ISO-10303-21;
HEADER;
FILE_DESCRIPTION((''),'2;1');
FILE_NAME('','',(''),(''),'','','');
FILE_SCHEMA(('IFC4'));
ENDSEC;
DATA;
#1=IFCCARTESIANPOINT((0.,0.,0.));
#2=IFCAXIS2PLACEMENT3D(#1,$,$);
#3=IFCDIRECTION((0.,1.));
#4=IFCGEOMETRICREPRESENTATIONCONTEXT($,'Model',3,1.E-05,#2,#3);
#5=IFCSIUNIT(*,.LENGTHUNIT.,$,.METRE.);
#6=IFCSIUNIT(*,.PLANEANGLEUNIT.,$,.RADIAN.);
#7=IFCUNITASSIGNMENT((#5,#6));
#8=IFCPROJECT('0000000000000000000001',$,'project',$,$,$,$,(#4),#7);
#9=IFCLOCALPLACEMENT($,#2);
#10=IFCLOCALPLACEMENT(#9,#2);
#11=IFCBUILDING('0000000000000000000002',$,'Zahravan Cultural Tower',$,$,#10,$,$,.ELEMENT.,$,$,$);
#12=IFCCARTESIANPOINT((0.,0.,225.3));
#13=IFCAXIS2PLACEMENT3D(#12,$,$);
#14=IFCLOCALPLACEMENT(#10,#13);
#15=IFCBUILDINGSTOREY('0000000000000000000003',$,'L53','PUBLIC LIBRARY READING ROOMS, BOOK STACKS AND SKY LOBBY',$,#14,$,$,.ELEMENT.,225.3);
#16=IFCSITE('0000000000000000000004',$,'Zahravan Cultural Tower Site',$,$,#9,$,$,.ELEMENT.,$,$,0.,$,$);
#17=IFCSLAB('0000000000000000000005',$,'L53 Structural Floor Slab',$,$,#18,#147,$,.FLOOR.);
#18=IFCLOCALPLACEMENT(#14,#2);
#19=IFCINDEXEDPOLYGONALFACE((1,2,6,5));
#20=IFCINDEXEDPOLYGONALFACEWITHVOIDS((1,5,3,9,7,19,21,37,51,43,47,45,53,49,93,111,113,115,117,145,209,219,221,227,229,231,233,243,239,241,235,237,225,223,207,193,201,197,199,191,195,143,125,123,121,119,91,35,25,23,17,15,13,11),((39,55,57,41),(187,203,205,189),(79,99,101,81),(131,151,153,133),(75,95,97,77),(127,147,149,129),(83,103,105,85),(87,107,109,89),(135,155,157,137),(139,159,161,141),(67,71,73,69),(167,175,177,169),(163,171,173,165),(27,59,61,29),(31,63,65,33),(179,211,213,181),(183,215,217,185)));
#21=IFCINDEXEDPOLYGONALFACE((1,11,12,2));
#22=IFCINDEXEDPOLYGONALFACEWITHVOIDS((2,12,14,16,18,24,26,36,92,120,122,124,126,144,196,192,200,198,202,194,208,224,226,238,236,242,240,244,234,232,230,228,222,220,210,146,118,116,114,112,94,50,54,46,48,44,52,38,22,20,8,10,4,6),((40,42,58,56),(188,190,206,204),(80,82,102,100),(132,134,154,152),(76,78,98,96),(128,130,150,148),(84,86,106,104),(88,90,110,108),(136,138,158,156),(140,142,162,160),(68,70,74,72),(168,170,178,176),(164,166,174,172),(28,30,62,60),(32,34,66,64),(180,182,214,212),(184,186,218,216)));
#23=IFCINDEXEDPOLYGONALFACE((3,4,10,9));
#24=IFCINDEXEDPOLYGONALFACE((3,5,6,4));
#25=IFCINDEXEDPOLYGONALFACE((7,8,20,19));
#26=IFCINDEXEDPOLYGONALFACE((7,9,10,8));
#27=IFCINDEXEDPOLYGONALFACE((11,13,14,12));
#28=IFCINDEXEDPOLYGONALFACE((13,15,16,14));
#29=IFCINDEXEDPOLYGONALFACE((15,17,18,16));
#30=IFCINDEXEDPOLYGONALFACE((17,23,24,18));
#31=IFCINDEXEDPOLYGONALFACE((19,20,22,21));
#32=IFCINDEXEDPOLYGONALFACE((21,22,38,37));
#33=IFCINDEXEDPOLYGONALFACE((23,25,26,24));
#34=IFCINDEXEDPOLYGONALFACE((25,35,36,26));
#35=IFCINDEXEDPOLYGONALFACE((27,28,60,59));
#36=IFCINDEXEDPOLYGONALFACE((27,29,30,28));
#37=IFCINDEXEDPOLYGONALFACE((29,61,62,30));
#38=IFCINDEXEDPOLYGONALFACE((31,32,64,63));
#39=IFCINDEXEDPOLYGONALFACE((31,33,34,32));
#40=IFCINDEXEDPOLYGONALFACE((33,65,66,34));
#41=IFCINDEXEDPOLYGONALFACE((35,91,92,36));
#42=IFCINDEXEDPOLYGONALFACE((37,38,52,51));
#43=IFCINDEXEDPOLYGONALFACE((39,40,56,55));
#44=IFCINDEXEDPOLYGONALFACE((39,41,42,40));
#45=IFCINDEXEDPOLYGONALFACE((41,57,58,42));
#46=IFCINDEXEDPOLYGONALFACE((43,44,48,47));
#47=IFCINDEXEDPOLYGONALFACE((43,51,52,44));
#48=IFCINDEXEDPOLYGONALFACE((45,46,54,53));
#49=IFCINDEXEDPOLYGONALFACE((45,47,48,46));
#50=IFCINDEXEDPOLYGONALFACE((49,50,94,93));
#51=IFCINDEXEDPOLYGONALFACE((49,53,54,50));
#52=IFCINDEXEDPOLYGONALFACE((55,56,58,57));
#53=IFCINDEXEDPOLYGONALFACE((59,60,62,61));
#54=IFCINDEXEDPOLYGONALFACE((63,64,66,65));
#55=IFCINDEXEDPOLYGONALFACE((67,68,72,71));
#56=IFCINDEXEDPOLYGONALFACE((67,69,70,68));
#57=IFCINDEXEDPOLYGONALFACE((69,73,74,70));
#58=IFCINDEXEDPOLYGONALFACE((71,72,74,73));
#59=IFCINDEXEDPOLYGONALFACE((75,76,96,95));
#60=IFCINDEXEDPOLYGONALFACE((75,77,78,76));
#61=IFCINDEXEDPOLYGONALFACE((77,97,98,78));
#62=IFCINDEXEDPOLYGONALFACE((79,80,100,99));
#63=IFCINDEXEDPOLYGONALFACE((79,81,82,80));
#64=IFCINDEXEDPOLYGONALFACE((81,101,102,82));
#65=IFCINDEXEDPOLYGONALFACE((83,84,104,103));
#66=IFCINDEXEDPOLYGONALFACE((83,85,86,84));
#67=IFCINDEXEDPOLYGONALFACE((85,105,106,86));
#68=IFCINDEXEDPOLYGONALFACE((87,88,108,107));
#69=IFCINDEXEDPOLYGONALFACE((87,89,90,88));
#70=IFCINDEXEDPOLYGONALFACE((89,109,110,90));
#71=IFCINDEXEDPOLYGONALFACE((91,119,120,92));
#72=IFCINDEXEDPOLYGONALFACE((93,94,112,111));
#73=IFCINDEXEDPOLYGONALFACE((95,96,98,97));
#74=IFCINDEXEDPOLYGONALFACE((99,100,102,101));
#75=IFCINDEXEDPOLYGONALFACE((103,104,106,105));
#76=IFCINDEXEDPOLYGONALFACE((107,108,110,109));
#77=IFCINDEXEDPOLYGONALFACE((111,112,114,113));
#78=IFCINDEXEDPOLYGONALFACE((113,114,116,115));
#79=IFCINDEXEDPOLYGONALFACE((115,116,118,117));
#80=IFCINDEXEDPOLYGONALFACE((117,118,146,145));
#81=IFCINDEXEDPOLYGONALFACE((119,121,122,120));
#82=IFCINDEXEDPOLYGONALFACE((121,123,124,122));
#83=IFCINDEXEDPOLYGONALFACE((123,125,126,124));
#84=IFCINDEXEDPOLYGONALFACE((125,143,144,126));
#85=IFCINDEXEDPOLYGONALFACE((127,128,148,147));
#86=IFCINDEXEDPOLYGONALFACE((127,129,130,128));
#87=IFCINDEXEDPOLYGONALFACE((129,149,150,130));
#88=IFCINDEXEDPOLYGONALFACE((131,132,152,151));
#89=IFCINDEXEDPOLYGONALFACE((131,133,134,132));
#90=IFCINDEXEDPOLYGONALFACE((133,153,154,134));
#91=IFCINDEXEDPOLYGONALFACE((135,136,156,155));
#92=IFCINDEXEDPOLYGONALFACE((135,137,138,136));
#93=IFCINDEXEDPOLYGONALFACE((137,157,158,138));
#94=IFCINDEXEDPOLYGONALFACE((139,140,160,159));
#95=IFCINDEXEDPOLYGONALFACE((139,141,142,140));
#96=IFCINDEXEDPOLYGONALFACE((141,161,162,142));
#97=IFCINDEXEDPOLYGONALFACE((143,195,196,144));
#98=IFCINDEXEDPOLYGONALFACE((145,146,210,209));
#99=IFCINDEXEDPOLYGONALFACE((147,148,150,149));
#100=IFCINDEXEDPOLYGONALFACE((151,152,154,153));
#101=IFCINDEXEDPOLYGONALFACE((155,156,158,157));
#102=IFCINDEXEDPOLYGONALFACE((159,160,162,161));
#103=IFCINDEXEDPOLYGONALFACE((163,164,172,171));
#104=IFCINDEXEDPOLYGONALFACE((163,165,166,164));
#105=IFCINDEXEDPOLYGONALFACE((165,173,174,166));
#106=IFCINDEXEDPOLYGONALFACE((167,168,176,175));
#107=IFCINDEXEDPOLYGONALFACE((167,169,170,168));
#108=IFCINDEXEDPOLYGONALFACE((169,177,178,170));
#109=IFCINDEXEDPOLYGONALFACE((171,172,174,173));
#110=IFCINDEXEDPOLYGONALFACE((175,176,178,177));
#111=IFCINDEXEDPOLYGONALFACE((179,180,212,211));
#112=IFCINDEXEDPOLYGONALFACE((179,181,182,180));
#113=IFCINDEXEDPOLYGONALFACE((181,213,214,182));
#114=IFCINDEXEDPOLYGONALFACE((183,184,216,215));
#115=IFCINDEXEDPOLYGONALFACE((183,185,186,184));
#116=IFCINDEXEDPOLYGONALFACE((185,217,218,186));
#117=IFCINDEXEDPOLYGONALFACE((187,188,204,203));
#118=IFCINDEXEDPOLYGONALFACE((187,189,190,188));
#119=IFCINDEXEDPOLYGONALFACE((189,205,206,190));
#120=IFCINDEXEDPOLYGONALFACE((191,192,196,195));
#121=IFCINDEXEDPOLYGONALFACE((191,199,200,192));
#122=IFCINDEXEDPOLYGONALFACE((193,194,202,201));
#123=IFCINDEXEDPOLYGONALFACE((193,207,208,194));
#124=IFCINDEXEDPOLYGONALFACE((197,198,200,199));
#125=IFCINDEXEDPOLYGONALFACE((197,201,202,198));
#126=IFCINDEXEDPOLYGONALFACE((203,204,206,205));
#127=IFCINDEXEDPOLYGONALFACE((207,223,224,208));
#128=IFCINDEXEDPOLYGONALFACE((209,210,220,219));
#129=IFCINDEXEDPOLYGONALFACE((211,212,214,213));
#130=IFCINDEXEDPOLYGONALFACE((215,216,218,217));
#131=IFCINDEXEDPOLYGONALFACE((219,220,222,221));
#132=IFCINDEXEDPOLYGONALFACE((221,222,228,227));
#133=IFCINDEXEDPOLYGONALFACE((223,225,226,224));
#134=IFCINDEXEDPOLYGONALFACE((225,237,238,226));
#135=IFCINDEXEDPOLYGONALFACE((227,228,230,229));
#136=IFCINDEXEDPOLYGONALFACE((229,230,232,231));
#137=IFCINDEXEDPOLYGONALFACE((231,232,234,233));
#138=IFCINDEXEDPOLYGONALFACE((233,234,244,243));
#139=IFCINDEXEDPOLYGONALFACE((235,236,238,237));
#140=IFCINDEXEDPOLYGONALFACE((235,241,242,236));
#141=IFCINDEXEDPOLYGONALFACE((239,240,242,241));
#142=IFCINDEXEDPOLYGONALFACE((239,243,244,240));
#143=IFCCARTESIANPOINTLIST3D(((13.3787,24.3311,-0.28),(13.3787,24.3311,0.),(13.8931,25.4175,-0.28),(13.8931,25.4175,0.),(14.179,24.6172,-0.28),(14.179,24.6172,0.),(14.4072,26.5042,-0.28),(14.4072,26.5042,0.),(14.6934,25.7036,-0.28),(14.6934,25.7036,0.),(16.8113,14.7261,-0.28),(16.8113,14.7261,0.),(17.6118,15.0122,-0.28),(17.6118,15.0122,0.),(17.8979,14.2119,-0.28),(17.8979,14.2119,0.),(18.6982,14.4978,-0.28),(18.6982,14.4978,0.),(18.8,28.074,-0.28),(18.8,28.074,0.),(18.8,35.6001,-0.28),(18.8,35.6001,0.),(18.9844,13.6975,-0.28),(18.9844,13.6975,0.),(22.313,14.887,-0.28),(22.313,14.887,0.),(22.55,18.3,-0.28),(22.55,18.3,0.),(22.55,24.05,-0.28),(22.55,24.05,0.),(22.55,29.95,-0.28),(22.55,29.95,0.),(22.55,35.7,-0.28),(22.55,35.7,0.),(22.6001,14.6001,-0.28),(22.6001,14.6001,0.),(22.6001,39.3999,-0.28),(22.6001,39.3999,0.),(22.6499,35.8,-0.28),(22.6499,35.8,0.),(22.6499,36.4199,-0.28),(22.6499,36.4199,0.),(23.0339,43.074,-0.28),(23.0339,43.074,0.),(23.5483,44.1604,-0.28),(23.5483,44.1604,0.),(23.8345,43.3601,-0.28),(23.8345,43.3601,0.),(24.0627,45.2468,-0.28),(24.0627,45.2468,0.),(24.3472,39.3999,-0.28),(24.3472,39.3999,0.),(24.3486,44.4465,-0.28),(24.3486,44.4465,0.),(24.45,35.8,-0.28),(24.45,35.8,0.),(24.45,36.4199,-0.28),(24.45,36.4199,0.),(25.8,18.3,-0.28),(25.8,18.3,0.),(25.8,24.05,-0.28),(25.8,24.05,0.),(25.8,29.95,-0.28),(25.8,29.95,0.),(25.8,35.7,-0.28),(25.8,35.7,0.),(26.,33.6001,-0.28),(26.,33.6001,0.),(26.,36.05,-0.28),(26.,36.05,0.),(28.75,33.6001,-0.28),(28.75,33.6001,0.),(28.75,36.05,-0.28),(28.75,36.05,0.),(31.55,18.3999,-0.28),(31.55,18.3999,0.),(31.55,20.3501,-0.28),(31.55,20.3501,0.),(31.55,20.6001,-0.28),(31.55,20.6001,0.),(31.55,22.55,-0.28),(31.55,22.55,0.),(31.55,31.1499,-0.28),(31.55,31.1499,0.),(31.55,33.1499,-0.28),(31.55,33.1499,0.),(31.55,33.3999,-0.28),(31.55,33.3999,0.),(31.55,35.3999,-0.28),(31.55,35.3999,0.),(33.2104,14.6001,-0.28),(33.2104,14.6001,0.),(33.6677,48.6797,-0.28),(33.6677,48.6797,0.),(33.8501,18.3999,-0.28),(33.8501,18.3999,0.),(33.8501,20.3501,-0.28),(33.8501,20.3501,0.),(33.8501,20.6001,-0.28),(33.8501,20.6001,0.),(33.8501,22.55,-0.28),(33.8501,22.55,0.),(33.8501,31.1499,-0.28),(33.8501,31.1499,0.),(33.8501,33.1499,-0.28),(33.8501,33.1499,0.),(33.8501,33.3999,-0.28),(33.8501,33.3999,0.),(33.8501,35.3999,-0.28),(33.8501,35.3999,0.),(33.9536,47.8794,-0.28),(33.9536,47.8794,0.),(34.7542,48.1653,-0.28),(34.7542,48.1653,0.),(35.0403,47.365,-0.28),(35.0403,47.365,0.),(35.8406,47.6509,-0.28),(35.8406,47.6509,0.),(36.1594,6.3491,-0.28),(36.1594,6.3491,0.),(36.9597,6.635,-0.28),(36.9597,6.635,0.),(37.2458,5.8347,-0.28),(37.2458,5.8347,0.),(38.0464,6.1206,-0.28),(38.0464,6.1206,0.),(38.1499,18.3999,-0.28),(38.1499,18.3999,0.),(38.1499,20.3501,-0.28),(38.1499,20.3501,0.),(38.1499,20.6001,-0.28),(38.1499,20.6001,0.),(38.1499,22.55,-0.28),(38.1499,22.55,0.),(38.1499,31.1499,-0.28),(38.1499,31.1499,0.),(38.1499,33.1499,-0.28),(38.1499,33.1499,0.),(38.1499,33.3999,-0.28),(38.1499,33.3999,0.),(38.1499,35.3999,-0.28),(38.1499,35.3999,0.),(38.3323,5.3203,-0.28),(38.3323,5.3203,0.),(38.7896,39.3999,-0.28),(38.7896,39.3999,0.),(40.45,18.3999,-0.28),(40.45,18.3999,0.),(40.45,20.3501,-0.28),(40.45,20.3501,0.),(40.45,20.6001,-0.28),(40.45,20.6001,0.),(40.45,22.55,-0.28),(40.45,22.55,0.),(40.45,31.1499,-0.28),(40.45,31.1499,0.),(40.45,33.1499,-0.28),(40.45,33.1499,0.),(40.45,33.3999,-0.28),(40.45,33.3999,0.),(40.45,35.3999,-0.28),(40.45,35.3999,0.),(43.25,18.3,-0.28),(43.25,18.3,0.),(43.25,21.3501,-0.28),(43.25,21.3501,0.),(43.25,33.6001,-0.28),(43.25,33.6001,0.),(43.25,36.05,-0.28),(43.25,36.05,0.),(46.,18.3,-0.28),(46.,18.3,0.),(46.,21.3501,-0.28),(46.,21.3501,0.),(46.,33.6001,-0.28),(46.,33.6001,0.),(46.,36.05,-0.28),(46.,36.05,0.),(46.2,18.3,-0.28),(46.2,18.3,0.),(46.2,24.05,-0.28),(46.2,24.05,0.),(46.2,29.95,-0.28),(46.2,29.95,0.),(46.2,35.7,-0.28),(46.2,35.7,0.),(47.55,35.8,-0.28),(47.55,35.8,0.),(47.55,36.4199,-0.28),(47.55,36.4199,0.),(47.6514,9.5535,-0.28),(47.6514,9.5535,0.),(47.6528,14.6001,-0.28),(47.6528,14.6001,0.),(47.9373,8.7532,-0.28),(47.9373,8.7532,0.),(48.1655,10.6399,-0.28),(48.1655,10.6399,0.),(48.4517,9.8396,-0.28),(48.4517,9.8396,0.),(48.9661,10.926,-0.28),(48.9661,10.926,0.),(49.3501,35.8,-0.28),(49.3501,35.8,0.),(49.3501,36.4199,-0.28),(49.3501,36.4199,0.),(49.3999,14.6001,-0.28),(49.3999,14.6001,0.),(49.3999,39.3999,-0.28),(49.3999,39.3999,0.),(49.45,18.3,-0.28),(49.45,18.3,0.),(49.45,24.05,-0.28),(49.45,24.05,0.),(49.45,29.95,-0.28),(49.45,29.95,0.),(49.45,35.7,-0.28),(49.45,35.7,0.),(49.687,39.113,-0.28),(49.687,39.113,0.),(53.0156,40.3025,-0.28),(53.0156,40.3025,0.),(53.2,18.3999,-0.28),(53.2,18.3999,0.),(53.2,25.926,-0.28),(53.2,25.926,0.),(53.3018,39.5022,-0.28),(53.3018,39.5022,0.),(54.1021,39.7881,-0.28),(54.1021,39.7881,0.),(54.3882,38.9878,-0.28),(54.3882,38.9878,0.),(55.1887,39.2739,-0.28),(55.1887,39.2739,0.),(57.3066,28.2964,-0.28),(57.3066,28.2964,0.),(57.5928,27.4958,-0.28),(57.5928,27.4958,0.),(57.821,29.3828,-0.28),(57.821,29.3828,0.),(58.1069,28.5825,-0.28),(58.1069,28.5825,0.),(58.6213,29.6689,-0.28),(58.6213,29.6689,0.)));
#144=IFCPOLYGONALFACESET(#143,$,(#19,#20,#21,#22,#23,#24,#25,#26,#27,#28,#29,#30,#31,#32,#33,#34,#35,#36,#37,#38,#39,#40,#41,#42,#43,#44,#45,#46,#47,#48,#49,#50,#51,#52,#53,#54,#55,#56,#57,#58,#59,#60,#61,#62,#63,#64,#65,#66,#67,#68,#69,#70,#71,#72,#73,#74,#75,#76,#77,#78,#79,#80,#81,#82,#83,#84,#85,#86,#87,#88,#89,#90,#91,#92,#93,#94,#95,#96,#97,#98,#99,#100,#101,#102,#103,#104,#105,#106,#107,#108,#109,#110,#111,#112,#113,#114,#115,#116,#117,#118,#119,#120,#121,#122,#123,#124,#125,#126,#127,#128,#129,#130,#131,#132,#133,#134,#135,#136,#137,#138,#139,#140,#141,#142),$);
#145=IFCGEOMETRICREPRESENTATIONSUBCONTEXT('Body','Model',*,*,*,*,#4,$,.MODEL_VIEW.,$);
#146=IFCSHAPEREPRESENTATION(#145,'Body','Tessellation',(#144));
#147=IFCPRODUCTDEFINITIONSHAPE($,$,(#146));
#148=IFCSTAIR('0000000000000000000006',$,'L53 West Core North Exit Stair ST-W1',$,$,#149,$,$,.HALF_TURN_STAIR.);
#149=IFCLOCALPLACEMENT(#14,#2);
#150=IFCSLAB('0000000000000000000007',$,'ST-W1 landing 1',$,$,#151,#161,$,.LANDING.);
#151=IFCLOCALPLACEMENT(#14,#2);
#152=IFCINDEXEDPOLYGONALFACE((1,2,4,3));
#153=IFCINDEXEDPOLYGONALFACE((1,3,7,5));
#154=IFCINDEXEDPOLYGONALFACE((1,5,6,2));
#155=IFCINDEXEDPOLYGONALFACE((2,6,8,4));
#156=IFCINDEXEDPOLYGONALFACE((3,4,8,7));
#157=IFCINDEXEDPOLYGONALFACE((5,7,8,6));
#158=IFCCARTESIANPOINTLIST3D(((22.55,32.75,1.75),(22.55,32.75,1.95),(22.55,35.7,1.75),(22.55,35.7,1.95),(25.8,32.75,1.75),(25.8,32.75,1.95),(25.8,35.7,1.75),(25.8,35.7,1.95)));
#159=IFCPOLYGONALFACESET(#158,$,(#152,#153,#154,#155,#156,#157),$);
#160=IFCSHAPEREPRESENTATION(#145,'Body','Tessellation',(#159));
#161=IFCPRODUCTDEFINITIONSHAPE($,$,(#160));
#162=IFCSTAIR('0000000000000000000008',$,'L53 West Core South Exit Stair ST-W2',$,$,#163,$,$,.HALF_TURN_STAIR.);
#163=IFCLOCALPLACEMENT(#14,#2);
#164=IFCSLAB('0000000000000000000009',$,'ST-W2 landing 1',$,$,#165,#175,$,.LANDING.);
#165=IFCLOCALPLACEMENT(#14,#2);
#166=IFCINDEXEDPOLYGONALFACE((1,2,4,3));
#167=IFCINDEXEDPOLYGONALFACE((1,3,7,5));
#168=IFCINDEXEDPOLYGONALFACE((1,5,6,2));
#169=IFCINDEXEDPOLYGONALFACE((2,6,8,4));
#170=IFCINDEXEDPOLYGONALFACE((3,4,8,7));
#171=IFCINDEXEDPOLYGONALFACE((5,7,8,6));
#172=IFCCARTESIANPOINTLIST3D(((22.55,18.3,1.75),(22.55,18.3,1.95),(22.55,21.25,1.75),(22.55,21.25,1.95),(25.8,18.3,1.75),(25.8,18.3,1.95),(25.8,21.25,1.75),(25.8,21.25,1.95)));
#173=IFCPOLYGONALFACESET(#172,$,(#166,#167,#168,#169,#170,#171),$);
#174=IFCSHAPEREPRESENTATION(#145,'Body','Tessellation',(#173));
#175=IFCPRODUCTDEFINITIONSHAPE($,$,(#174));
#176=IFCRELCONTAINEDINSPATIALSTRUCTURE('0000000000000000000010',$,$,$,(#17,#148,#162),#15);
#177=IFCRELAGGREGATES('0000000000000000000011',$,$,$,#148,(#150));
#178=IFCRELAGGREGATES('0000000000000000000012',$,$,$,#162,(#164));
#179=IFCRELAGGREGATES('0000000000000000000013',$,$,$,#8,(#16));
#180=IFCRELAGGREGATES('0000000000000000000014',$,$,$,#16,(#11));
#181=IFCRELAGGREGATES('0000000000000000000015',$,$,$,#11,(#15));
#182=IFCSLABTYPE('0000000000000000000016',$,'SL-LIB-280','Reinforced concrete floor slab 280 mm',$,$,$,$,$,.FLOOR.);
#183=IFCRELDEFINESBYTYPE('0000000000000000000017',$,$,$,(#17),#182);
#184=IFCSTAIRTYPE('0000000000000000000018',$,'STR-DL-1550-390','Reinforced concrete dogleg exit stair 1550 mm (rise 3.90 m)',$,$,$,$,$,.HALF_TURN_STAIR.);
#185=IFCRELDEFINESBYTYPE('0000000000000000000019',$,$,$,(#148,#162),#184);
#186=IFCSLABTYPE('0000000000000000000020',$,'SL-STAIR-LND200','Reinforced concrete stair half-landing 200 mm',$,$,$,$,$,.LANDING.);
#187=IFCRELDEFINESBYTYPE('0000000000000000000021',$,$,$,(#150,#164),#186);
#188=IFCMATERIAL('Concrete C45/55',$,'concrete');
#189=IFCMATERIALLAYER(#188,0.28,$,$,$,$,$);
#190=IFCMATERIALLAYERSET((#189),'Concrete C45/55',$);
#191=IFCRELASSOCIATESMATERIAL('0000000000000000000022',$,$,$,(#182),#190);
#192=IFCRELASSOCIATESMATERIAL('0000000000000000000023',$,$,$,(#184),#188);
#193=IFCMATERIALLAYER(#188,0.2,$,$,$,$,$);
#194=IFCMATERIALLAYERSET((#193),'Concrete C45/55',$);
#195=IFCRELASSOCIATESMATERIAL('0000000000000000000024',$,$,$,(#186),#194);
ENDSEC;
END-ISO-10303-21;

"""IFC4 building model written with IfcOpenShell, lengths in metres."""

from ifc_helpers import new_model, si_unit, direction, frame, origin, place, context, subcontext, project, spatial, polyline, outline, extrude, material, layer, layer_set, type_object, element, aggregate, save


model = new_model("IFC4")

# Units and contexts
model_context = context("Model", 3, precision=1e-05, world=origin(), true_north=direction((0.0, 1.0)))
body_context = subcontext(model_context, "Body", "Model", "MODEL_VIEW")
ifc_project = project(units=[si_unit("LENGTHUNIT", "METRE"), si_unit("PLANEANGLEUNIT", "RADIAN")], contexts=[model_context])

# Site, building, storey
site_placement = place(None, origin())
site = spatial("IfcSite", under=ifc_project, at=site_placement, Name="Zahravan Cultural Tower Site", CompositionType="ELEMENT", RefElevation=0.0)
building_placement = place(site_placement, origin())
building = spatial("IfcBuilding", under=site, at=building_placement, Name="Zahravan Cultural Tower", CompositionType="ELEMENT")
storey_placement = place(building_placement, frame((0.0, 0.0, 225.3)))
storey = spatial("IfcBuildingStorey", under=building, at=storey_placement, Name="L53", Description="PUBLIC LIBRARY READING ROOMS, BOOK STACKS AND SKY LOBBY", CompositionType="ELEMENT", Elevation=225.3)

# Slab
ifc_material_1 = material(Name="Concrete C45/55", Category="concrete")
ifc_layer_1 = layer(ifc_material_1, 0.28)
ifc_layer_set_1 = layer_set([ifc_layer_1], Name="Concrete C45/55")
slab_type_1 = type_object("IfcSlabType", Name="SL-LIB-280", Description="Reinforced concrete floor slab 280 mm", PredefinedType="FLOOR", material=ifc_layer_set_1)
slab_1_placement = place(storey_placement, frame((0.0, 0.0, -0.28)))
element("IfcSlab", 1, at=slab_1_placement, inside=storey, type_object=slab_type_1, Name="L53 Structural Floor Slab", PredefinedType="FLOOR", context=body_context, shape_type="SweptSolid", body=[
    extrude(outline(polyline([(49.687, 39.113), (49.3999, 39.3999), (38.7896, 39.3999), (35.8406, 47.6509), (35.0403, 47.365), (34.7542, 48.1653), (33.9536, 47.8794), (33.6677, 48.6797), (24.0627, 45.2468), (24.3486, 44.4465), (23.5483, 44.1604), (23.8345, 43.3601), (23.0339, 43.074), (24.3472, 39.3999), (22.6001, 39.3999), (18.8, 35.6001), (18.8, 28.074), (14.4072, 26.5042), (14.6934, 25.7036), (13.8931, 25.4175), (14.179, 24.6172), (13.3787, 24.3311), (16.8113, 14.7261), (17.6118, 15.0122), (17.8979, 14.2119), (18.6982, 14.4978), (18.9844, 13.6975), (22.313, 14.887), (22.6001, 14.6001), (33.2104, 14.6001), (36.1594, 6.3491), (36.9597, 6.635), (37.2458, 5.8347), (38.0464, 6.1206), (38.3323, 5.3203), (47.9373, 8.7532), (47.6514, 9.5535), (48.4517, 9.8396), (48.1655, 10.6399), (48.9661, 10.926), (47.6528, 14.6001), (49.3999, 14.6001), (53.2, 18.3999), (53.2, 25.926), (57.5928, 27.4958), (57.3066, 28.2964), (58.1069, 28.5825), (57.821, 29.3828), (58.6213, 29.6689), (55.1887, 39.2739), (54.3882, 38.9878), (54.1021, 39.7881), (53.3018, 39.5022), (53.0156, 40.3025), (49.687, 39.113)]), holes=[polyline([(22.55, 29.95), (22.55, 35.7), (25.8, 35.7), (25.8, 29.95), (22.55, 29.95)]), polyline([(22.55, 18.3), (22.55, 24.05), (25.8, 24.05), (25.8, 18.3), (22.55, 18.3)]), polyline([(46.2, 29.95), (46.2, 35.7), (49.45, 35.7), (49.45, 29.95), (46.2, 29.95)]), polyline([(46.2, 18.3), (46.2, 24.05), (49.45, 24.05), (49.45, 18.3), (46.2, 18.3)]), polyline([(26.0, 33.6001), (26.0, 36.05), (28.75, 36.05), (28.75, 33.6001), (26.0, 33.6001)]), polyline([(43.25, 33.6001), (43.25, 36.05), (46.0, 36.05), (46.0, 33.6001), (43.25, 33.6001)]), polyline([(43.25, 18.3), (43.25, 21.3501), (46.0, 21.3501), (46.0, 18.3), (43.25, 18.3)]), polyline([(31.55, 33.3999), (31.55, 35.3999), (33.8501, 35.3999), (33.8501, 33.3999), (31.55, 33.3999)]), polyline([(31.55, 31.1499), (31.55, 33.1499), (33.8501, 33.1499), (33.8501, 31.1499), (31.55, 31.1499)]), polyline([(38.1499, 33.3999), (38.1499, 35.3999), (40.45, 35.3999), (40.45, 33.3999), (38.1499, 33.3999)]), polyline([(38.1499, 31.1499), (38.1499, 33.1499), (40.45, 33.1499), (40.45, 31.1499), (38.1499, 31.1499)]), polyline([(31.55, 20.6001), (31.55, 22.55), (33.8501, 22.55), (33.8501, 20.6001), (31.55, 20.6001)]), polyline([(31.55, 18.3999), (31.55, 20.3501), (33.8501, 20.3501), (33.8501, 18.3999), (31.55, 18.3999)]), polyline([(38.1499, 20.6001), (38.1499, 22.55), (40.45, 22.55), (40.45, 20.6001), (38.1499, 20.6001)]), polyline([(38.1499, 18.3999), (38.1499, 20.3501), (40.45, 20.3501), (40.45, 18.3999), (38.1499, 18.3999)]), polyline([(22.6499, 35.8), (22.6499, 36.4199), (24.45, 36.4199), (24.45, 35.8), (22.6499, 35.8)]), polyline([(47.55, 35.8), (47.55, 36.4199), (49.3501, 36.4199), (49.3501, 35.8), (47.55, 35.8)])]), origin(), (0.0, 0.0, 1.0), 0.28),
])

# Stairs, slabs
stair_type = type_object("IfcStairType", Name="STR-DL-1550-390", Description="Reinforced concrete dogleg exit stair 1550 mm (rise 3.90 m)", PredefinedType="HALF_TURN_STAIR", material=ifc_material_1)
stair_1_placement = place(storey_placement, origin())
stair_1 = element("IfcStair", 2, at=stair_1_placement, inside=storey, type_object=stair_type, Name="L53 West Core North Exit Stair ST-W1", PredefinedType="HALF_TURN_STAIR")
ifc_layer_2 = layer(ifc_material_1, 0.2)
ifc_layer_set_2 = layer_set([ifc_layer_2], Name="Concrete C45/55")
slab_type_2 = type_object("IfcSlabType", Name="SL-STAIR-LND200", Description="Reinforced concrete stair half-landing 200 mm", PredefinedType="LANDING", material=ifc_layer_set_2)
slab_2_placement = place(storey_placement, frame((0.0, 0.0, 1.75)))
slab_2 = element("IfcSlab", 3, at=slab_2_placement, type_object=slab_type_2, Name="ST-W1 landing 1", PredefinedType="LANDING", context=body_context, shape_type="SweptSolid", body=[
    extrude(outline(polyline([(25.8, 32.75), (25.8, 35.7), (22.55, 35.7), (22.55, 32.75), (25.8, 32.75)])), origin(), (0.0, 0.0, 1.0), 0.2),
])
aggregate(stair_1, [slab_2])
stair_2_placement = place(storey_placement, origin())
stair_2 = element("IfcStair", 4, at=stair_2_placement, inside=storey, type_object=stair_type, Name="L53 West Core South Exit Stair ST-W2", PredefinedType="HALF_TURN_STAIR")
slab_3_placement = place(storey_placement, frame((0.0, 0.0, 1.75)))
slab_3 = element("IfcSlab", 5, at=slab_3_placement, type_object=slab_type_2, Name="ST-W2 landing 1", PredefinedType="LANDING", context=body_context, shape_type="SweptSolid", body=[
    extrude(outline(polyline([(22.55, 21.25), (22.55, 18.3), (25.8, 18.3), (25.8, 21.25), (22.55, 21.25)])), origin(), (0.0, 0.0, 1.0), 0.2),
])
aggregate(stair_2, [slab_3])

save(model, "model.ifc")
